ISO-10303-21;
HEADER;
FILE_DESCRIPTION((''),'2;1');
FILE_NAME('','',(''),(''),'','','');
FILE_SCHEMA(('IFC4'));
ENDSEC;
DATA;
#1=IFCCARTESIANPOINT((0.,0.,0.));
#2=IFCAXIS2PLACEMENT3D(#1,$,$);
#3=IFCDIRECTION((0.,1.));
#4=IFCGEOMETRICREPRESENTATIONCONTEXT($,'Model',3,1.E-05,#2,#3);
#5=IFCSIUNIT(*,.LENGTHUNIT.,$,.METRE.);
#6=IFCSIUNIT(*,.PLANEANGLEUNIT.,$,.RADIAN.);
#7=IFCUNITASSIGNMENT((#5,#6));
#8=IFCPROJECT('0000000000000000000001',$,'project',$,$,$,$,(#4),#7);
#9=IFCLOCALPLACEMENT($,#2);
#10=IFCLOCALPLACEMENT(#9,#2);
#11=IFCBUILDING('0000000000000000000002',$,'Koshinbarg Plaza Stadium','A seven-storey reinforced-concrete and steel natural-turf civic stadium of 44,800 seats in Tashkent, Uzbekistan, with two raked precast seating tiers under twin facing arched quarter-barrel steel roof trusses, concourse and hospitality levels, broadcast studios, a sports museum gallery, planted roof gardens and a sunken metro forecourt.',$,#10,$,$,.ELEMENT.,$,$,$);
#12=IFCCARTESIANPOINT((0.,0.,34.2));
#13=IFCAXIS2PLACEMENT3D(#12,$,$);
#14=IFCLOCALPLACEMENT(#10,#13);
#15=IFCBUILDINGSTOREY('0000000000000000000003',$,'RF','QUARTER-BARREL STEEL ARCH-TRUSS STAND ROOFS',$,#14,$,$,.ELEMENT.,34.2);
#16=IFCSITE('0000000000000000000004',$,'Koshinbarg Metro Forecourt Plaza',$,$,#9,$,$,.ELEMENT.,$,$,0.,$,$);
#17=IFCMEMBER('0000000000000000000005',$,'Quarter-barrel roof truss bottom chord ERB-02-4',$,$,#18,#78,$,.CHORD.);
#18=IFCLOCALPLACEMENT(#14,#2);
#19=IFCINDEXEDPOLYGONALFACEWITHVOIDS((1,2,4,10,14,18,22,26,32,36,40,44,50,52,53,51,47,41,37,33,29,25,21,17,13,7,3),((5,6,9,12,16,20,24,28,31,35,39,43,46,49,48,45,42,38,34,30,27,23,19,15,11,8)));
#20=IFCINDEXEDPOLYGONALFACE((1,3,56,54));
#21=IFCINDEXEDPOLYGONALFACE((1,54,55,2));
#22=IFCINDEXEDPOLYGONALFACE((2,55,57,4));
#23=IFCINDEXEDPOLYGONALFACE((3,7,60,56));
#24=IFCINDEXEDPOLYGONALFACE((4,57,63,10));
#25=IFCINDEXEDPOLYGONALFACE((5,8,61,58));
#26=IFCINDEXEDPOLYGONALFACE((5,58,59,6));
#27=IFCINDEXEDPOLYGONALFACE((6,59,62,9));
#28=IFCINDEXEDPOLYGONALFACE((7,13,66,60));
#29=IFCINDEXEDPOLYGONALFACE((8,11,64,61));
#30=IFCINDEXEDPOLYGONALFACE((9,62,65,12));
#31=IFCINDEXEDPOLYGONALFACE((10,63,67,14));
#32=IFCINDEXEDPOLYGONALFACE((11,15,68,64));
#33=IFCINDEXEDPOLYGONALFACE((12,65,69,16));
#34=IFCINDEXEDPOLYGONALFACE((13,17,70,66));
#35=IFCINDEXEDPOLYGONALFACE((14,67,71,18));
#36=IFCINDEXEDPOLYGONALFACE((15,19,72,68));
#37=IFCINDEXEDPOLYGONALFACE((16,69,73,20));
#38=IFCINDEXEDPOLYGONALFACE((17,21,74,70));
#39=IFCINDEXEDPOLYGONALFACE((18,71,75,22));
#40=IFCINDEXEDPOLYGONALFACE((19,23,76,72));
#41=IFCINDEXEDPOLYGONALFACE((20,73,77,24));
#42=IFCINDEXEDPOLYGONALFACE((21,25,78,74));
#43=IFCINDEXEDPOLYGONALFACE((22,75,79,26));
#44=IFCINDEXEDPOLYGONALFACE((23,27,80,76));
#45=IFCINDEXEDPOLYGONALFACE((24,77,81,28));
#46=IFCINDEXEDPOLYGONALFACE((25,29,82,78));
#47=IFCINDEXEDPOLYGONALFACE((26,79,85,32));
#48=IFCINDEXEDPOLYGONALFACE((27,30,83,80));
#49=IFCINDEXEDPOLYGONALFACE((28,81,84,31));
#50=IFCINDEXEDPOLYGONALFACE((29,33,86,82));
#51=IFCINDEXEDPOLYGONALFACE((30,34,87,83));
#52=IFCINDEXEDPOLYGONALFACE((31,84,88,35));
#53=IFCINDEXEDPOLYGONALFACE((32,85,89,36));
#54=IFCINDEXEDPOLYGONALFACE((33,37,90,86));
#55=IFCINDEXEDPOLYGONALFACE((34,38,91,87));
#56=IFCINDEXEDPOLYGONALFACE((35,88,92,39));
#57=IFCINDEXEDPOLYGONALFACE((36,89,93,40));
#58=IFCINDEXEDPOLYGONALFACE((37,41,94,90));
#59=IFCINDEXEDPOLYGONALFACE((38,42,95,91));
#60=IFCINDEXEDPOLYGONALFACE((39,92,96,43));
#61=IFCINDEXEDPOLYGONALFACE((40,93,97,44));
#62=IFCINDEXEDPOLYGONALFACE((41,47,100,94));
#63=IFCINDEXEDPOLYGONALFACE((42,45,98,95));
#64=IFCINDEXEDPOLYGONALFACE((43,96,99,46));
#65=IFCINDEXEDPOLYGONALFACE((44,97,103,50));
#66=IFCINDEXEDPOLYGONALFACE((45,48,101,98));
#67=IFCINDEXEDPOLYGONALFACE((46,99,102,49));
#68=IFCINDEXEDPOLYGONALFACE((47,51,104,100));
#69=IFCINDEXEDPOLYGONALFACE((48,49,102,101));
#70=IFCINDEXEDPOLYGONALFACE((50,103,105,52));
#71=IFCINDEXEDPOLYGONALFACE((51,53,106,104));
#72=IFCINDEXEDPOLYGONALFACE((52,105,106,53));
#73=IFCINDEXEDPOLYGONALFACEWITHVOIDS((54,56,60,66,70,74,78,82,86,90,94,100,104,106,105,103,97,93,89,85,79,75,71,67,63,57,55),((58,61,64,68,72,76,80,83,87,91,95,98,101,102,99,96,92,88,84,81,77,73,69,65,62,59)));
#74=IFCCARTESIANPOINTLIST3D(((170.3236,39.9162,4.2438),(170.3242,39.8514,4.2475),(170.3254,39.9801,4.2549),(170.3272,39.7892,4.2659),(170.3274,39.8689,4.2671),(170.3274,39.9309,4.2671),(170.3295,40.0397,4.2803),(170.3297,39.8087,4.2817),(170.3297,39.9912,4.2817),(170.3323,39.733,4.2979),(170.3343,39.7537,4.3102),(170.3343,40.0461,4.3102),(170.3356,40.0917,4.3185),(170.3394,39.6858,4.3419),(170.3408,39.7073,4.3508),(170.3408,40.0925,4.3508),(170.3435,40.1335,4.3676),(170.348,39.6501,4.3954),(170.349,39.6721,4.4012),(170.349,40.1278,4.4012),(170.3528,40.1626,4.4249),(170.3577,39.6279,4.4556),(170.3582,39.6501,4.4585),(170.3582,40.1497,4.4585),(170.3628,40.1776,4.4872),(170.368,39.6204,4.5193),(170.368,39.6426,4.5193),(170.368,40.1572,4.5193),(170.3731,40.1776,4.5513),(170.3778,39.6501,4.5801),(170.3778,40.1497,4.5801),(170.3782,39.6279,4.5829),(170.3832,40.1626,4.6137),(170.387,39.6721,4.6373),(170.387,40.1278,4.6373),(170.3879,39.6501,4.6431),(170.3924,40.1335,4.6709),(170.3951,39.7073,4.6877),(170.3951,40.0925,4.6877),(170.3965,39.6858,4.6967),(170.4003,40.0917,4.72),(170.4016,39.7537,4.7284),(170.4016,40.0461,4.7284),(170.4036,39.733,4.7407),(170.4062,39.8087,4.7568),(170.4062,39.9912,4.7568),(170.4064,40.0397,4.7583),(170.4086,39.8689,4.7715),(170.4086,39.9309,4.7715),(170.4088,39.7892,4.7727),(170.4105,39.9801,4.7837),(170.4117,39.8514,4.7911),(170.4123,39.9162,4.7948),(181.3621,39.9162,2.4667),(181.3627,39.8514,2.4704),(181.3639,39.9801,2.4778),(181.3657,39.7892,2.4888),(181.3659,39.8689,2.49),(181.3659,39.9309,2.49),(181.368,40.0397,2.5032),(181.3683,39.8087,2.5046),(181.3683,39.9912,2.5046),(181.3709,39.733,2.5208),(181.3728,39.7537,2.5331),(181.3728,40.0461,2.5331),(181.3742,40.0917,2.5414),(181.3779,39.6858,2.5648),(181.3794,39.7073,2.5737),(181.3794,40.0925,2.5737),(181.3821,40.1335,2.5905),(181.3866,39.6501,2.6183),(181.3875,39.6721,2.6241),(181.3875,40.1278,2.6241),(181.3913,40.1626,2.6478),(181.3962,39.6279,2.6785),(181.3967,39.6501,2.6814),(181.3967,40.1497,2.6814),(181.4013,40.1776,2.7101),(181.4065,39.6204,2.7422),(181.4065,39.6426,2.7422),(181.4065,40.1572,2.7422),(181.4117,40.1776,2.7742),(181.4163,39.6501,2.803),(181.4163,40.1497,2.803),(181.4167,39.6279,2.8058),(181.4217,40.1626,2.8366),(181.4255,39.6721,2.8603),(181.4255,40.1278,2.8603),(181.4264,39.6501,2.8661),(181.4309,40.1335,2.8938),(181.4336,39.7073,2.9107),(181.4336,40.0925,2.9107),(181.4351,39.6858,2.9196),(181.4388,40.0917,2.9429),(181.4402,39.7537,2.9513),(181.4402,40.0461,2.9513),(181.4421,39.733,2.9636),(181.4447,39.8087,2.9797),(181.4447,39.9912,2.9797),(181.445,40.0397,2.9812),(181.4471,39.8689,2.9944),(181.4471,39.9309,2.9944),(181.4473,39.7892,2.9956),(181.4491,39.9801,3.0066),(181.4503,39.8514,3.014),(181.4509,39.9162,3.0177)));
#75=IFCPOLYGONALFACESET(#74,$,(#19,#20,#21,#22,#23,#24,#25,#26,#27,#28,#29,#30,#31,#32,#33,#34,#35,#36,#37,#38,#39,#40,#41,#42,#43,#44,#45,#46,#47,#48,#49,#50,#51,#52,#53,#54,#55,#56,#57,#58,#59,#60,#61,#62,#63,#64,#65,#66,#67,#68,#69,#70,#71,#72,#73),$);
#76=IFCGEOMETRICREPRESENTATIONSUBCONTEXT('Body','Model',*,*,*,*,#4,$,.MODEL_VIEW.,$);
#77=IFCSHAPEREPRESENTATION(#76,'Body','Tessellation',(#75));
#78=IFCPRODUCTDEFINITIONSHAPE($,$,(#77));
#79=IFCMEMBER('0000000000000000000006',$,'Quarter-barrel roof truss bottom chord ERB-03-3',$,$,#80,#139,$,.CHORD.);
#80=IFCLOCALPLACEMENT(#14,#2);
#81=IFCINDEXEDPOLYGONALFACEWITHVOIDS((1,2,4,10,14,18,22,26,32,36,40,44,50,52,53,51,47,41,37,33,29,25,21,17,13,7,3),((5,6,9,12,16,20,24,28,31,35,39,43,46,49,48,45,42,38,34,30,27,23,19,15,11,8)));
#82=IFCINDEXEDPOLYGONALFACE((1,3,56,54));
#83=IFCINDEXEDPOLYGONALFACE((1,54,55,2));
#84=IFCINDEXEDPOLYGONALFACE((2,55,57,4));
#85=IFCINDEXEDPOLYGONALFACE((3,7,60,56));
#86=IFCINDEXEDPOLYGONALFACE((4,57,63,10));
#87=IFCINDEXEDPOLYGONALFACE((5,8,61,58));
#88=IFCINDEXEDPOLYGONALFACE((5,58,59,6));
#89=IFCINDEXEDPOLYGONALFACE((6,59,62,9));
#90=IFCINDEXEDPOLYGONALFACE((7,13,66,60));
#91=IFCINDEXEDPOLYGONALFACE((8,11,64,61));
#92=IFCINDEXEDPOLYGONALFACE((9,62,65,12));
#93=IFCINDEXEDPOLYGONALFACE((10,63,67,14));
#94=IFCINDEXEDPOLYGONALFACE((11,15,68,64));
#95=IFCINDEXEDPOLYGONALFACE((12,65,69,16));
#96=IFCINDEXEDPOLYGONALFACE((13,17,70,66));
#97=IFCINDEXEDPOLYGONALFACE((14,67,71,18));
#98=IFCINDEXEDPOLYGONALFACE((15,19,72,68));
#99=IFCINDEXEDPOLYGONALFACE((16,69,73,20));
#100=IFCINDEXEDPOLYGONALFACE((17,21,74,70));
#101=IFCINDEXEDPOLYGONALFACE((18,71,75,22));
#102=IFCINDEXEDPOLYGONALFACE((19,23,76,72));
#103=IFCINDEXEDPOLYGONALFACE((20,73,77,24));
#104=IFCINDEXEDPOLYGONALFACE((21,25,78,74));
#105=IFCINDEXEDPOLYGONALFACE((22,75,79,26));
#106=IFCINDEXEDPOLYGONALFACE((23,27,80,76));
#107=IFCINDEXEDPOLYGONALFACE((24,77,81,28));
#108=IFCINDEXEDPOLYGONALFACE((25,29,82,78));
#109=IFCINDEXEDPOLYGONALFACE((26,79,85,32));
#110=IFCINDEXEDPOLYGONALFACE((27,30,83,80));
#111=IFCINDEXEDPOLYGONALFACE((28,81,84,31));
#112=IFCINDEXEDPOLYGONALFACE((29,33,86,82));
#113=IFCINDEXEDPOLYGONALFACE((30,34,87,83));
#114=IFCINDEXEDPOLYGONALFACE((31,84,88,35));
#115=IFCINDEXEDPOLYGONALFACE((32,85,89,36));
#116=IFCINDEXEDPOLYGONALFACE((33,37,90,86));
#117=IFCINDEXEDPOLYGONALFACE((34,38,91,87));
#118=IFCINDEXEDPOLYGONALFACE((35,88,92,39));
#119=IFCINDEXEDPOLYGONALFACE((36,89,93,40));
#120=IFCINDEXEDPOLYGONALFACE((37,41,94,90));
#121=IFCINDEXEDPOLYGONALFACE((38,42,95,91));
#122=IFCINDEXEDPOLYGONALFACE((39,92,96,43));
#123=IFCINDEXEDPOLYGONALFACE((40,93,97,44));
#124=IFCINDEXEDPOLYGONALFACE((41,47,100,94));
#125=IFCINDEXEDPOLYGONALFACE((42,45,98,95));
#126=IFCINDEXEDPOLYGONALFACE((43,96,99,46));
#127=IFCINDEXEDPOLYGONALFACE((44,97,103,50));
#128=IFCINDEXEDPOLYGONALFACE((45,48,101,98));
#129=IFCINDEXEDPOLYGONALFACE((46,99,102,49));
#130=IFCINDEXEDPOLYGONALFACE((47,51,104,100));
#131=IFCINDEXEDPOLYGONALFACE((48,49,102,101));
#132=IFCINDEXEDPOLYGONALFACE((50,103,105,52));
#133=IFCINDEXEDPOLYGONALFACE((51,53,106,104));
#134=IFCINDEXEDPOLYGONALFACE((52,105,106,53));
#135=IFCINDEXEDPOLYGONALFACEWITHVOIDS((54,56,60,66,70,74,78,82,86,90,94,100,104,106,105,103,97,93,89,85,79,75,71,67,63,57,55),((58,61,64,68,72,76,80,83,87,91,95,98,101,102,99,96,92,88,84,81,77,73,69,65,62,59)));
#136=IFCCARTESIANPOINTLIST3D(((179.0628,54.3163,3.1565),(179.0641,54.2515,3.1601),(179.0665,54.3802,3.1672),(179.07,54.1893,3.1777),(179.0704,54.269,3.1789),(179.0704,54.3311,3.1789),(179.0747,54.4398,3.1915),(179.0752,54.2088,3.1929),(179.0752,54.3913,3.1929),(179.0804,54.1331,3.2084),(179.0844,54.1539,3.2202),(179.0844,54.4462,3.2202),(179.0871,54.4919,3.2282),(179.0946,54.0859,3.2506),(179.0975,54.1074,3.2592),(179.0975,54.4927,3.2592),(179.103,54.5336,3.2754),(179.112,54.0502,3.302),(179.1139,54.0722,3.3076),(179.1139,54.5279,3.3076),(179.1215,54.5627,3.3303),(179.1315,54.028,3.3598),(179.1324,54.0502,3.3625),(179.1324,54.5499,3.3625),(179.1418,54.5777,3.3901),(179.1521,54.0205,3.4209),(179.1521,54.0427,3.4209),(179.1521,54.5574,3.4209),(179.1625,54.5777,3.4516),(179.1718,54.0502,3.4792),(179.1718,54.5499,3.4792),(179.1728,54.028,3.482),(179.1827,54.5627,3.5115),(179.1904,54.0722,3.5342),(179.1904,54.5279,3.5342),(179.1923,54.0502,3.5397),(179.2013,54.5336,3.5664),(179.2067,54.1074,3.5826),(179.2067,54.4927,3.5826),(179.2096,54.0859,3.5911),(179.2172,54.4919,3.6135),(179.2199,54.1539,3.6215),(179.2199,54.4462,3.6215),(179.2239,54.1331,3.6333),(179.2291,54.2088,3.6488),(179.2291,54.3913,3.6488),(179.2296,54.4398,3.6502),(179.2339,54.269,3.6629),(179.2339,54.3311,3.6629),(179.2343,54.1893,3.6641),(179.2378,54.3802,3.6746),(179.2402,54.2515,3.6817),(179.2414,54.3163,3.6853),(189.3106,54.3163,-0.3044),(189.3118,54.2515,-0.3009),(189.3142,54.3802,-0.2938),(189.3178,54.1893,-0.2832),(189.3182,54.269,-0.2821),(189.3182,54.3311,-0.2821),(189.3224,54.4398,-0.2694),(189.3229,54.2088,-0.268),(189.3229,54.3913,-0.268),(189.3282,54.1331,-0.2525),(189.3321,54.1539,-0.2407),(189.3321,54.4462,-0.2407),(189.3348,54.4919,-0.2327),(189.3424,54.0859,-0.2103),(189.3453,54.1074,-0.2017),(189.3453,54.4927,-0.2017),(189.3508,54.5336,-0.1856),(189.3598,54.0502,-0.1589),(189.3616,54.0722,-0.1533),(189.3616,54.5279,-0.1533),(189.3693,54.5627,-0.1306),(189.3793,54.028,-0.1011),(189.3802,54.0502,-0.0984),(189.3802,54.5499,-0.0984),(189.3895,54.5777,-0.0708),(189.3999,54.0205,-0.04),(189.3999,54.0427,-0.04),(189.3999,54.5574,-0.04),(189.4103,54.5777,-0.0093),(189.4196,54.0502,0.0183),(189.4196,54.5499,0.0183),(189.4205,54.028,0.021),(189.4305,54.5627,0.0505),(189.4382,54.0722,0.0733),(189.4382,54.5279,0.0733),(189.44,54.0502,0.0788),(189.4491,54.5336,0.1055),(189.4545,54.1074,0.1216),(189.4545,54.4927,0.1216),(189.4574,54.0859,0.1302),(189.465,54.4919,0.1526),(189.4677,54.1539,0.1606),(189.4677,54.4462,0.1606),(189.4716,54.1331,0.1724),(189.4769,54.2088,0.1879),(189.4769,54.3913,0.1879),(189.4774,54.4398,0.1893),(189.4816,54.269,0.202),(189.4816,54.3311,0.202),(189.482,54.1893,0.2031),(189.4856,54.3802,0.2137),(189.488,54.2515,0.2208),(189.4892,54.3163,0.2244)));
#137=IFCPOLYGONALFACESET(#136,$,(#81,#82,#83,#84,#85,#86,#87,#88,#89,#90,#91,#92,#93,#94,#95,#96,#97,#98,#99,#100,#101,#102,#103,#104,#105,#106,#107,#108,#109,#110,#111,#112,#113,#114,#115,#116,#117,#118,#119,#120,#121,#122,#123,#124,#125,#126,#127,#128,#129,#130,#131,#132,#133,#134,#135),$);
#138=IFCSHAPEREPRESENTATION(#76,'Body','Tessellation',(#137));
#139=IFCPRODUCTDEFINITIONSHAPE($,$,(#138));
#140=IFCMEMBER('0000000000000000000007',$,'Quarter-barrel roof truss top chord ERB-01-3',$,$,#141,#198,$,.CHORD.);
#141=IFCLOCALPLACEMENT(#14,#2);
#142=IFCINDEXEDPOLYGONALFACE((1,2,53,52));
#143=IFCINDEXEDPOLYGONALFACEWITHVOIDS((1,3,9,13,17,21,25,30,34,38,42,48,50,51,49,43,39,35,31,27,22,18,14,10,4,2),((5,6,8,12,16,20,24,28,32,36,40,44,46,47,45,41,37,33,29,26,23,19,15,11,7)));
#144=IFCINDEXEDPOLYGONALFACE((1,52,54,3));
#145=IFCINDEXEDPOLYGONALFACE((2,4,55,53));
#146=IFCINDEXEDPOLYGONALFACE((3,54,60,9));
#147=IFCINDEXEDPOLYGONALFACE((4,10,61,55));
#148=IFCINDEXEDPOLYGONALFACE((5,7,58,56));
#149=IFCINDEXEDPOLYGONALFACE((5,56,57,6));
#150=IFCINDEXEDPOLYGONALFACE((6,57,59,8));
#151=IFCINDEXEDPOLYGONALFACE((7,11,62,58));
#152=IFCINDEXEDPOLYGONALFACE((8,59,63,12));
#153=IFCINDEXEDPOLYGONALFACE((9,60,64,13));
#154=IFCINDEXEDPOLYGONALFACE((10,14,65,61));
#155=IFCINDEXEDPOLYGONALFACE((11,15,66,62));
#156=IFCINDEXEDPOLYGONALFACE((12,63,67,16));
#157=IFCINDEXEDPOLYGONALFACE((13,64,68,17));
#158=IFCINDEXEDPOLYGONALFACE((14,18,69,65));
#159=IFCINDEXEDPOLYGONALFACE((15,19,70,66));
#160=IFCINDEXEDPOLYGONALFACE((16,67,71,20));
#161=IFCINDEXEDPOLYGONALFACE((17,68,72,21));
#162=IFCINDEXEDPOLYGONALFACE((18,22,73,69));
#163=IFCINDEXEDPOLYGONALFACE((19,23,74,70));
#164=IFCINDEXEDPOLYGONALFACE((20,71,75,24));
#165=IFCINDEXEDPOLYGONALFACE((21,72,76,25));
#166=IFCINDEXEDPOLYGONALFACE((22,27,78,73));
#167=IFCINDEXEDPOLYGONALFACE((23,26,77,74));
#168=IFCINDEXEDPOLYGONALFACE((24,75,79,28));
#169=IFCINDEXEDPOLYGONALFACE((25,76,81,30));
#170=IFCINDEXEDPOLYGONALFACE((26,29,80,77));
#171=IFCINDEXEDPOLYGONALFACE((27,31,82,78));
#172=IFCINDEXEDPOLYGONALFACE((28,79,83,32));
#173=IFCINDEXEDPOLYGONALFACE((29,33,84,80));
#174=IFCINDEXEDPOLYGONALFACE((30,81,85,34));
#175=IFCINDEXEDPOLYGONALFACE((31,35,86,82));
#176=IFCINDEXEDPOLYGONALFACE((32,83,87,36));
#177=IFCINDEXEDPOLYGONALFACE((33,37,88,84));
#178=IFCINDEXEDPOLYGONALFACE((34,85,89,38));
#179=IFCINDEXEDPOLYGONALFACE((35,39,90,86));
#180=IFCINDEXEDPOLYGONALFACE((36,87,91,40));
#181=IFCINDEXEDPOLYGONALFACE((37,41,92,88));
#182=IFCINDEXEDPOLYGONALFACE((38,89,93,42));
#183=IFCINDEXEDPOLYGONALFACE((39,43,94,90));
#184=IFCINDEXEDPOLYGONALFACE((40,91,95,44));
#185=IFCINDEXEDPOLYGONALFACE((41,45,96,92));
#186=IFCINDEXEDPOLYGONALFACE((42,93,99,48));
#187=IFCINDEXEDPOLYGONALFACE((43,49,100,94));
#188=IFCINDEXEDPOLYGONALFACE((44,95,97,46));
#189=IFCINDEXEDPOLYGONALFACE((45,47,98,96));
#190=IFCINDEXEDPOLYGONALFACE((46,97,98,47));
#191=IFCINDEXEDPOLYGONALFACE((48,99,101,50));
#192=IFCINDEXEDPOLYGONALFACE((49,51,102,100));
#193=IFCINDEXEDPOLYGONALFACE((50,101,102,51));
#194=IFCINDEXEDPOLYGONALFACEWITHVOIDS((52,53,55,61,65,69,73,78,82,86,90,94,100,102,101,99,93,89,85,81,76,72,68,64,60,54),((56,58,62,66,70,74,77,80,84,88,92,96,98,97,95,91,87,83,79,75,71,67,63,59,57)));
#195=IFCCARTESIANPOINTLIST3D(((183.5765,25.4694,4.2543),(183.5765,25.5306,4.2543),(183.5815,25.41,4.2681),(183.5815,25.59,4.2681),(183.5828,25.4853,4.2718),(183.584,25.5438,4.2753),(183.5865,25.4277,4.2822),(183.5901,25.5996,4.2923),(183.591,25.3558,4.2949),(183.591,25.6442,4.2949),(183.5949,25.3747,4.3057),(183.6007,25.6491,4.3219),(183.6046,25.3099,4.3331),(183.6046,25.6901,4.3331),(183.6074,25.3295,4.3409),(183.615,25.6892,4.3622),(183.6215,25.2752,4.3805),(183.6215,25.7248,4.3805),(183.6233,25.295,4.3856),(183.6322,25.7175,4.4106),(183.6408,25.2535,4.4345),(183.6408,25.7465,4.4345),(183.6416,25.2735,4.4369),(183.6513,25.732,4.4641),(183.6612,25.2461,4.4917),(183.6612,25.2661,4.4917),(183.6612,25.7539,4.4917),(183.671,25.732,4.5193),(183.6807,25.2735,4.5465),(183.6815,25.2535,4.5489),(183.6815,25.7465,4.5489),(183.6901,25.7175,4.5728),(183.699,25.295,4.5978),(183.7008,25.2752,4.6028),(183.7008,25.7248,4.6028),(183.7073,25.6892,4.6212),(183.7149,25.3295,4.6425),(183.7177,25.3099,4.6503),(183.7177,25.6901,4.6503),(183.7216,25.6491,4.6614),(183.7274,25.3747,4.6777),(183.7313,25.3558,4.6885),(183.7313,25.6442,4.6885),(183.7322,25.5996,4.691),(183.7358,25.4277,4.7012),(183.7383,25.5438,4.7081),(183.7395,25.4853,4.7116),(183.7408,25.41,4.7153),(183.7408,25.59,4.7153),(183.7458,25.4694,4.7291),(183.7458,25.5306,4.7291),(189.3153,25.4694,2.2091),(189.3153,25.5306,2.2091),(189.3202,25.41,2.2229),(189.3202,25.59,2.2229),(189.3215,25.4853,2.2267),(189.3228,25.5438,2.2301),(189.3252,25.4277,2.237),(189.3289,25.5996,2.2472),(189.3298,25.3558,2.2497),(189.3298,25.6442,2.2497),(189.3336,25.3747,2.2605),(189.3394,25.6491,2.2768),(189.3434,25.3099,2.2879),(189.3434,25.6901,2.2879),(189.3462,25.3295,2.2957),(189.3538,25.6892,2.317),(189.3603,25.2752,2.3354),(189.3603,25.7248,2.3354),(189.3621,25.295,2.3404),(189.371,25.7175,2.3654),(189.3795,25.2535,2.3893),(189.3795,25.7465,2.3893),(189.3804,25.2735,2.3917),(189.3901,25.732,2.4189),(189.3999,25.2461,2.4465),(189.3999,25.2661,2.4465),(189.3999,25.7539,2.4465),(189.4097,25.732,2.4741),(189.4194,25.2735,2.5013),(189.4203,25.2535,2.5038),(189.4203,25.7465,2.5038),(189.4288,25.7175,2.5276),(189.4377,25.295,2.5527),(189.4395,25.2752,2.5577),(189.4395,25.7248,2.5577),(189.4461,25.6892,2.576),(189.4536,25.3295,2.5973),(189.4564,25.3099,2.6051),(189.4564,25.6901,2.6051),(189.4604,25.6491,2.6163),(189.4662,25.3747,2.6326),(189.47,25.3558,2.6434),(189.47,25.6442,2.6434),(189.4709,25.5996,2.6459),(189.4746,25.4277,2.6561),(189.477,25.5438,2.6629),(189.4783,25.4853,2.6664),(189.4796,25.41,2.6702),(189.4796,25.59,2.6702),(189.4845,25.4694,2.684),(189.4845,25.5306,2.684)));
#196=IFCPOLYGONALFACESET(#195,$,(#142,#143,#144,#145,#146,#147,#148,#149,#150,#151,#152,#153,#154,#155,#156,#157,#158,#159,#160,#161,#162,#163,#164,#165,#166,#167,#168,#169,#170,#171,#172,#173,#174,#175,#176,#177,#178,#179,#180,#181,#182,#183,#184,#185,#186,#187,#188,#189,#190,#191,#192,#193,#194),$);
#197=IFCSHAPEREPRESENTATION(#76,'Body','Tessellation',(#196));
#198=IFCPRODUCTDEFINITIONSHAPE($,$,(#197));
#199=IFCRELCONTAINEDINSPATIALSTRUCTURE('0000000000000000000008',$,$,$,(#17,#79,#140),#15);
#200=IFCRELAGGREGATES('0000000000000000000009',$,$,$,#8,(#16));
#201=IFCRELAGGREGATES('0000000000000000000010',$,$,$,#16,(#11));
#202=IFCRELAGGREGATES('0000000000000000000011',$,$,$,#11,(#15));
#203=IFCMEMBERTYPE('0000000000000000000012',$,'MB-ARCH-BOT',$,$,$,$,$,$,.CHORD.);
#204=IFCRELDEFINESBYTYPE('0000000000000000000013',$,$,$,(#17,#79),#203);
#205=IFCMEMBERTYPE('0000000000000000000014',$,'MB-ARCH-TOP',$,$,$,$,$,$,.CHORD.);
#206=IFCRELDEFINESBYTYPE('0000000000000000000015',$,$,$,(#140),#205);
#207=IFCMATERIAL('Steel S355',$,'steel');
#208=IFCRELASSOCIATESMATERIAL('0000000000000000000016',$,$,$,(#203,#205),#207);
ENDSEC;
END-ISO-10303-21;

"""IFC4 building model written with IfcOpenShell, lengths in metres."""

from ifc_helpers import new_model, si_unit, direction, frame, origin, origin_2d, place, context, subcontext, project, spatial, hollow_circle, extrude, material, material_profile, profile_set, type_object, element, save


model = new_model("IFC4")

# Units and contexts
model_context = context("Model", 3, precision=1e-05, world=origin(), true_north=direction((0.0, 1.0)))
body_context = subcontext(model_context, "Body", "Model", "MODEL_VIEW")
ifc_project = project(units=[si_unit("LENGTHUNIT", "METRE"), si_unit("PLANEANGLEUNIT", "RADIAN")], contexts=[model_context])

# Site, building, storey
site_placement = place(None, origin())
site = spatial("IfcSite", under=ifc_project, at=site_placement, Name="Koshinbarg Metro Forecourt Plaza", CompositionType="ELEMENT", RefElevation=0.0)
building_placement = place(site_placement, origin())
building = spatial("IfcBuilding", under=site, at=building_placement, Name="Koshinbarg Plaza Stadium", Description="A seven-storey reinforced-concrete and steel natural-turf civic stadium of 44,800 seats in Tashkent, Uzbekistan, with two raked precast seating tiers under twin facing arched quarter-barrel steel roof trusses, concourse and hospitality levels, broadcast studios, a sports museum gallery, planted roof gardens and a sunken metro forecourt.", CompositionType="ELEMENT")
storey_placement = place(building_placement, frame((0.0, 0.0, 34.2)))
storey = spatial("IfcBuildingStorey", under=building, at=storey_placement, Name="RF", Description="QUARTER-BARREL STEEL ARCH-TRUSS STAND ROOFS", CompositionType="ELEMENT", Elevation=34.2)

# Members
ifc_material_1 = material(Name="Steel S355", Category="steel")
ifc_material_profile_1 = material_profile(ifc_material_1, hollow_circle(Radius=0.2795, WallThickness=0.0222, at=origin_2d()), Name="CHS 559x22.2")
ifc_profile_set_1 = profile_set([ifc_material_profile_1], Name="Steel S355")
member_type_1 = type_object("IfcMemberType", Name="MB-ARCH-BOT", PredefinedType="CHORD", material=ifc_profile_set_1)
member_1_placement = place(storey_placement, frame((181.4065, 39.8999, 2.7422), z_axis=(-0.987288, 0.0, 0.158943), x_axis=(0.0, -1.0, 0.0)))
element("IfcMember", 1, at=member_1_placement, inside=storey, type_object=member_type_1, Name="Quarter-barrel roof truss bottom chord ERB-02-4", PredefinedType="CHORD", context=body_context, shape_type="SweptSolid", body=[
    extrude(hollow_circle(Radius=0.2795, WallThickness=0.0222, at=origin_2d()), origin(), (0.0, 0.0, 1.0), 11.1807),
])
member_2_placement = place(storey_placement, frame((189.3999, 54.3, -0.04), z_axis=(-0.947428, 0.0, 0.31997), x_axis=(0.0, -1.0, 0.0)))
element("IfcMember", 2, at=member_2_placement, inside=storey, type_object=member_type_1, Name="Quarter-barrel roof truss bottom chord ERB-03-3", PredefinedType="CHORD", context=body_context, shape_type="SweptSolid", body=[
    extrude(hollow_circle(Radius=0.2795, WallThickness=0.0222, at=origin_2d()), origin(), (0.0, 0.0, 1.0), 10.8164),
])
ifc_material_profile_2 = material_profile(ifc_material_1, hollow_circle(Radius=0.2539, WallThickness=0.02, at=origin_2d()), Name="CHS 508x20")
ifc_profile_set_2 = profile_set([ifc_material_profile_2], Name="Steel S355")
member_type_2 = type_object("IfcMemberType", Name="MB-ARCH-TOP", PredefinedType="CHORD", material=ifc_profile_set_2)
member_3_placement = place(storey_placement, frame((189.3999, 25.5, 2.4465), z_axis=(-0.94197, 0.0, 0.335697), x_axis=(0.0, -1.0, 0.0)))
element("IfcMember", 3, at=member_3_placement, inside=storey, type_object=member_type_2, Name="Quarter-barrel roof truss top chord ERB-01-3", PredefinedType="CHORD", context=body_context, shape_type="SweptSolid", body=[
    extrude(hollow_circle(Radius=0.2539, WallThickness=0.02, at=origin_2d()), origin(), (0.0, 0.0, 1.0), 6.0923),
])

save(model, "model.ifc")
